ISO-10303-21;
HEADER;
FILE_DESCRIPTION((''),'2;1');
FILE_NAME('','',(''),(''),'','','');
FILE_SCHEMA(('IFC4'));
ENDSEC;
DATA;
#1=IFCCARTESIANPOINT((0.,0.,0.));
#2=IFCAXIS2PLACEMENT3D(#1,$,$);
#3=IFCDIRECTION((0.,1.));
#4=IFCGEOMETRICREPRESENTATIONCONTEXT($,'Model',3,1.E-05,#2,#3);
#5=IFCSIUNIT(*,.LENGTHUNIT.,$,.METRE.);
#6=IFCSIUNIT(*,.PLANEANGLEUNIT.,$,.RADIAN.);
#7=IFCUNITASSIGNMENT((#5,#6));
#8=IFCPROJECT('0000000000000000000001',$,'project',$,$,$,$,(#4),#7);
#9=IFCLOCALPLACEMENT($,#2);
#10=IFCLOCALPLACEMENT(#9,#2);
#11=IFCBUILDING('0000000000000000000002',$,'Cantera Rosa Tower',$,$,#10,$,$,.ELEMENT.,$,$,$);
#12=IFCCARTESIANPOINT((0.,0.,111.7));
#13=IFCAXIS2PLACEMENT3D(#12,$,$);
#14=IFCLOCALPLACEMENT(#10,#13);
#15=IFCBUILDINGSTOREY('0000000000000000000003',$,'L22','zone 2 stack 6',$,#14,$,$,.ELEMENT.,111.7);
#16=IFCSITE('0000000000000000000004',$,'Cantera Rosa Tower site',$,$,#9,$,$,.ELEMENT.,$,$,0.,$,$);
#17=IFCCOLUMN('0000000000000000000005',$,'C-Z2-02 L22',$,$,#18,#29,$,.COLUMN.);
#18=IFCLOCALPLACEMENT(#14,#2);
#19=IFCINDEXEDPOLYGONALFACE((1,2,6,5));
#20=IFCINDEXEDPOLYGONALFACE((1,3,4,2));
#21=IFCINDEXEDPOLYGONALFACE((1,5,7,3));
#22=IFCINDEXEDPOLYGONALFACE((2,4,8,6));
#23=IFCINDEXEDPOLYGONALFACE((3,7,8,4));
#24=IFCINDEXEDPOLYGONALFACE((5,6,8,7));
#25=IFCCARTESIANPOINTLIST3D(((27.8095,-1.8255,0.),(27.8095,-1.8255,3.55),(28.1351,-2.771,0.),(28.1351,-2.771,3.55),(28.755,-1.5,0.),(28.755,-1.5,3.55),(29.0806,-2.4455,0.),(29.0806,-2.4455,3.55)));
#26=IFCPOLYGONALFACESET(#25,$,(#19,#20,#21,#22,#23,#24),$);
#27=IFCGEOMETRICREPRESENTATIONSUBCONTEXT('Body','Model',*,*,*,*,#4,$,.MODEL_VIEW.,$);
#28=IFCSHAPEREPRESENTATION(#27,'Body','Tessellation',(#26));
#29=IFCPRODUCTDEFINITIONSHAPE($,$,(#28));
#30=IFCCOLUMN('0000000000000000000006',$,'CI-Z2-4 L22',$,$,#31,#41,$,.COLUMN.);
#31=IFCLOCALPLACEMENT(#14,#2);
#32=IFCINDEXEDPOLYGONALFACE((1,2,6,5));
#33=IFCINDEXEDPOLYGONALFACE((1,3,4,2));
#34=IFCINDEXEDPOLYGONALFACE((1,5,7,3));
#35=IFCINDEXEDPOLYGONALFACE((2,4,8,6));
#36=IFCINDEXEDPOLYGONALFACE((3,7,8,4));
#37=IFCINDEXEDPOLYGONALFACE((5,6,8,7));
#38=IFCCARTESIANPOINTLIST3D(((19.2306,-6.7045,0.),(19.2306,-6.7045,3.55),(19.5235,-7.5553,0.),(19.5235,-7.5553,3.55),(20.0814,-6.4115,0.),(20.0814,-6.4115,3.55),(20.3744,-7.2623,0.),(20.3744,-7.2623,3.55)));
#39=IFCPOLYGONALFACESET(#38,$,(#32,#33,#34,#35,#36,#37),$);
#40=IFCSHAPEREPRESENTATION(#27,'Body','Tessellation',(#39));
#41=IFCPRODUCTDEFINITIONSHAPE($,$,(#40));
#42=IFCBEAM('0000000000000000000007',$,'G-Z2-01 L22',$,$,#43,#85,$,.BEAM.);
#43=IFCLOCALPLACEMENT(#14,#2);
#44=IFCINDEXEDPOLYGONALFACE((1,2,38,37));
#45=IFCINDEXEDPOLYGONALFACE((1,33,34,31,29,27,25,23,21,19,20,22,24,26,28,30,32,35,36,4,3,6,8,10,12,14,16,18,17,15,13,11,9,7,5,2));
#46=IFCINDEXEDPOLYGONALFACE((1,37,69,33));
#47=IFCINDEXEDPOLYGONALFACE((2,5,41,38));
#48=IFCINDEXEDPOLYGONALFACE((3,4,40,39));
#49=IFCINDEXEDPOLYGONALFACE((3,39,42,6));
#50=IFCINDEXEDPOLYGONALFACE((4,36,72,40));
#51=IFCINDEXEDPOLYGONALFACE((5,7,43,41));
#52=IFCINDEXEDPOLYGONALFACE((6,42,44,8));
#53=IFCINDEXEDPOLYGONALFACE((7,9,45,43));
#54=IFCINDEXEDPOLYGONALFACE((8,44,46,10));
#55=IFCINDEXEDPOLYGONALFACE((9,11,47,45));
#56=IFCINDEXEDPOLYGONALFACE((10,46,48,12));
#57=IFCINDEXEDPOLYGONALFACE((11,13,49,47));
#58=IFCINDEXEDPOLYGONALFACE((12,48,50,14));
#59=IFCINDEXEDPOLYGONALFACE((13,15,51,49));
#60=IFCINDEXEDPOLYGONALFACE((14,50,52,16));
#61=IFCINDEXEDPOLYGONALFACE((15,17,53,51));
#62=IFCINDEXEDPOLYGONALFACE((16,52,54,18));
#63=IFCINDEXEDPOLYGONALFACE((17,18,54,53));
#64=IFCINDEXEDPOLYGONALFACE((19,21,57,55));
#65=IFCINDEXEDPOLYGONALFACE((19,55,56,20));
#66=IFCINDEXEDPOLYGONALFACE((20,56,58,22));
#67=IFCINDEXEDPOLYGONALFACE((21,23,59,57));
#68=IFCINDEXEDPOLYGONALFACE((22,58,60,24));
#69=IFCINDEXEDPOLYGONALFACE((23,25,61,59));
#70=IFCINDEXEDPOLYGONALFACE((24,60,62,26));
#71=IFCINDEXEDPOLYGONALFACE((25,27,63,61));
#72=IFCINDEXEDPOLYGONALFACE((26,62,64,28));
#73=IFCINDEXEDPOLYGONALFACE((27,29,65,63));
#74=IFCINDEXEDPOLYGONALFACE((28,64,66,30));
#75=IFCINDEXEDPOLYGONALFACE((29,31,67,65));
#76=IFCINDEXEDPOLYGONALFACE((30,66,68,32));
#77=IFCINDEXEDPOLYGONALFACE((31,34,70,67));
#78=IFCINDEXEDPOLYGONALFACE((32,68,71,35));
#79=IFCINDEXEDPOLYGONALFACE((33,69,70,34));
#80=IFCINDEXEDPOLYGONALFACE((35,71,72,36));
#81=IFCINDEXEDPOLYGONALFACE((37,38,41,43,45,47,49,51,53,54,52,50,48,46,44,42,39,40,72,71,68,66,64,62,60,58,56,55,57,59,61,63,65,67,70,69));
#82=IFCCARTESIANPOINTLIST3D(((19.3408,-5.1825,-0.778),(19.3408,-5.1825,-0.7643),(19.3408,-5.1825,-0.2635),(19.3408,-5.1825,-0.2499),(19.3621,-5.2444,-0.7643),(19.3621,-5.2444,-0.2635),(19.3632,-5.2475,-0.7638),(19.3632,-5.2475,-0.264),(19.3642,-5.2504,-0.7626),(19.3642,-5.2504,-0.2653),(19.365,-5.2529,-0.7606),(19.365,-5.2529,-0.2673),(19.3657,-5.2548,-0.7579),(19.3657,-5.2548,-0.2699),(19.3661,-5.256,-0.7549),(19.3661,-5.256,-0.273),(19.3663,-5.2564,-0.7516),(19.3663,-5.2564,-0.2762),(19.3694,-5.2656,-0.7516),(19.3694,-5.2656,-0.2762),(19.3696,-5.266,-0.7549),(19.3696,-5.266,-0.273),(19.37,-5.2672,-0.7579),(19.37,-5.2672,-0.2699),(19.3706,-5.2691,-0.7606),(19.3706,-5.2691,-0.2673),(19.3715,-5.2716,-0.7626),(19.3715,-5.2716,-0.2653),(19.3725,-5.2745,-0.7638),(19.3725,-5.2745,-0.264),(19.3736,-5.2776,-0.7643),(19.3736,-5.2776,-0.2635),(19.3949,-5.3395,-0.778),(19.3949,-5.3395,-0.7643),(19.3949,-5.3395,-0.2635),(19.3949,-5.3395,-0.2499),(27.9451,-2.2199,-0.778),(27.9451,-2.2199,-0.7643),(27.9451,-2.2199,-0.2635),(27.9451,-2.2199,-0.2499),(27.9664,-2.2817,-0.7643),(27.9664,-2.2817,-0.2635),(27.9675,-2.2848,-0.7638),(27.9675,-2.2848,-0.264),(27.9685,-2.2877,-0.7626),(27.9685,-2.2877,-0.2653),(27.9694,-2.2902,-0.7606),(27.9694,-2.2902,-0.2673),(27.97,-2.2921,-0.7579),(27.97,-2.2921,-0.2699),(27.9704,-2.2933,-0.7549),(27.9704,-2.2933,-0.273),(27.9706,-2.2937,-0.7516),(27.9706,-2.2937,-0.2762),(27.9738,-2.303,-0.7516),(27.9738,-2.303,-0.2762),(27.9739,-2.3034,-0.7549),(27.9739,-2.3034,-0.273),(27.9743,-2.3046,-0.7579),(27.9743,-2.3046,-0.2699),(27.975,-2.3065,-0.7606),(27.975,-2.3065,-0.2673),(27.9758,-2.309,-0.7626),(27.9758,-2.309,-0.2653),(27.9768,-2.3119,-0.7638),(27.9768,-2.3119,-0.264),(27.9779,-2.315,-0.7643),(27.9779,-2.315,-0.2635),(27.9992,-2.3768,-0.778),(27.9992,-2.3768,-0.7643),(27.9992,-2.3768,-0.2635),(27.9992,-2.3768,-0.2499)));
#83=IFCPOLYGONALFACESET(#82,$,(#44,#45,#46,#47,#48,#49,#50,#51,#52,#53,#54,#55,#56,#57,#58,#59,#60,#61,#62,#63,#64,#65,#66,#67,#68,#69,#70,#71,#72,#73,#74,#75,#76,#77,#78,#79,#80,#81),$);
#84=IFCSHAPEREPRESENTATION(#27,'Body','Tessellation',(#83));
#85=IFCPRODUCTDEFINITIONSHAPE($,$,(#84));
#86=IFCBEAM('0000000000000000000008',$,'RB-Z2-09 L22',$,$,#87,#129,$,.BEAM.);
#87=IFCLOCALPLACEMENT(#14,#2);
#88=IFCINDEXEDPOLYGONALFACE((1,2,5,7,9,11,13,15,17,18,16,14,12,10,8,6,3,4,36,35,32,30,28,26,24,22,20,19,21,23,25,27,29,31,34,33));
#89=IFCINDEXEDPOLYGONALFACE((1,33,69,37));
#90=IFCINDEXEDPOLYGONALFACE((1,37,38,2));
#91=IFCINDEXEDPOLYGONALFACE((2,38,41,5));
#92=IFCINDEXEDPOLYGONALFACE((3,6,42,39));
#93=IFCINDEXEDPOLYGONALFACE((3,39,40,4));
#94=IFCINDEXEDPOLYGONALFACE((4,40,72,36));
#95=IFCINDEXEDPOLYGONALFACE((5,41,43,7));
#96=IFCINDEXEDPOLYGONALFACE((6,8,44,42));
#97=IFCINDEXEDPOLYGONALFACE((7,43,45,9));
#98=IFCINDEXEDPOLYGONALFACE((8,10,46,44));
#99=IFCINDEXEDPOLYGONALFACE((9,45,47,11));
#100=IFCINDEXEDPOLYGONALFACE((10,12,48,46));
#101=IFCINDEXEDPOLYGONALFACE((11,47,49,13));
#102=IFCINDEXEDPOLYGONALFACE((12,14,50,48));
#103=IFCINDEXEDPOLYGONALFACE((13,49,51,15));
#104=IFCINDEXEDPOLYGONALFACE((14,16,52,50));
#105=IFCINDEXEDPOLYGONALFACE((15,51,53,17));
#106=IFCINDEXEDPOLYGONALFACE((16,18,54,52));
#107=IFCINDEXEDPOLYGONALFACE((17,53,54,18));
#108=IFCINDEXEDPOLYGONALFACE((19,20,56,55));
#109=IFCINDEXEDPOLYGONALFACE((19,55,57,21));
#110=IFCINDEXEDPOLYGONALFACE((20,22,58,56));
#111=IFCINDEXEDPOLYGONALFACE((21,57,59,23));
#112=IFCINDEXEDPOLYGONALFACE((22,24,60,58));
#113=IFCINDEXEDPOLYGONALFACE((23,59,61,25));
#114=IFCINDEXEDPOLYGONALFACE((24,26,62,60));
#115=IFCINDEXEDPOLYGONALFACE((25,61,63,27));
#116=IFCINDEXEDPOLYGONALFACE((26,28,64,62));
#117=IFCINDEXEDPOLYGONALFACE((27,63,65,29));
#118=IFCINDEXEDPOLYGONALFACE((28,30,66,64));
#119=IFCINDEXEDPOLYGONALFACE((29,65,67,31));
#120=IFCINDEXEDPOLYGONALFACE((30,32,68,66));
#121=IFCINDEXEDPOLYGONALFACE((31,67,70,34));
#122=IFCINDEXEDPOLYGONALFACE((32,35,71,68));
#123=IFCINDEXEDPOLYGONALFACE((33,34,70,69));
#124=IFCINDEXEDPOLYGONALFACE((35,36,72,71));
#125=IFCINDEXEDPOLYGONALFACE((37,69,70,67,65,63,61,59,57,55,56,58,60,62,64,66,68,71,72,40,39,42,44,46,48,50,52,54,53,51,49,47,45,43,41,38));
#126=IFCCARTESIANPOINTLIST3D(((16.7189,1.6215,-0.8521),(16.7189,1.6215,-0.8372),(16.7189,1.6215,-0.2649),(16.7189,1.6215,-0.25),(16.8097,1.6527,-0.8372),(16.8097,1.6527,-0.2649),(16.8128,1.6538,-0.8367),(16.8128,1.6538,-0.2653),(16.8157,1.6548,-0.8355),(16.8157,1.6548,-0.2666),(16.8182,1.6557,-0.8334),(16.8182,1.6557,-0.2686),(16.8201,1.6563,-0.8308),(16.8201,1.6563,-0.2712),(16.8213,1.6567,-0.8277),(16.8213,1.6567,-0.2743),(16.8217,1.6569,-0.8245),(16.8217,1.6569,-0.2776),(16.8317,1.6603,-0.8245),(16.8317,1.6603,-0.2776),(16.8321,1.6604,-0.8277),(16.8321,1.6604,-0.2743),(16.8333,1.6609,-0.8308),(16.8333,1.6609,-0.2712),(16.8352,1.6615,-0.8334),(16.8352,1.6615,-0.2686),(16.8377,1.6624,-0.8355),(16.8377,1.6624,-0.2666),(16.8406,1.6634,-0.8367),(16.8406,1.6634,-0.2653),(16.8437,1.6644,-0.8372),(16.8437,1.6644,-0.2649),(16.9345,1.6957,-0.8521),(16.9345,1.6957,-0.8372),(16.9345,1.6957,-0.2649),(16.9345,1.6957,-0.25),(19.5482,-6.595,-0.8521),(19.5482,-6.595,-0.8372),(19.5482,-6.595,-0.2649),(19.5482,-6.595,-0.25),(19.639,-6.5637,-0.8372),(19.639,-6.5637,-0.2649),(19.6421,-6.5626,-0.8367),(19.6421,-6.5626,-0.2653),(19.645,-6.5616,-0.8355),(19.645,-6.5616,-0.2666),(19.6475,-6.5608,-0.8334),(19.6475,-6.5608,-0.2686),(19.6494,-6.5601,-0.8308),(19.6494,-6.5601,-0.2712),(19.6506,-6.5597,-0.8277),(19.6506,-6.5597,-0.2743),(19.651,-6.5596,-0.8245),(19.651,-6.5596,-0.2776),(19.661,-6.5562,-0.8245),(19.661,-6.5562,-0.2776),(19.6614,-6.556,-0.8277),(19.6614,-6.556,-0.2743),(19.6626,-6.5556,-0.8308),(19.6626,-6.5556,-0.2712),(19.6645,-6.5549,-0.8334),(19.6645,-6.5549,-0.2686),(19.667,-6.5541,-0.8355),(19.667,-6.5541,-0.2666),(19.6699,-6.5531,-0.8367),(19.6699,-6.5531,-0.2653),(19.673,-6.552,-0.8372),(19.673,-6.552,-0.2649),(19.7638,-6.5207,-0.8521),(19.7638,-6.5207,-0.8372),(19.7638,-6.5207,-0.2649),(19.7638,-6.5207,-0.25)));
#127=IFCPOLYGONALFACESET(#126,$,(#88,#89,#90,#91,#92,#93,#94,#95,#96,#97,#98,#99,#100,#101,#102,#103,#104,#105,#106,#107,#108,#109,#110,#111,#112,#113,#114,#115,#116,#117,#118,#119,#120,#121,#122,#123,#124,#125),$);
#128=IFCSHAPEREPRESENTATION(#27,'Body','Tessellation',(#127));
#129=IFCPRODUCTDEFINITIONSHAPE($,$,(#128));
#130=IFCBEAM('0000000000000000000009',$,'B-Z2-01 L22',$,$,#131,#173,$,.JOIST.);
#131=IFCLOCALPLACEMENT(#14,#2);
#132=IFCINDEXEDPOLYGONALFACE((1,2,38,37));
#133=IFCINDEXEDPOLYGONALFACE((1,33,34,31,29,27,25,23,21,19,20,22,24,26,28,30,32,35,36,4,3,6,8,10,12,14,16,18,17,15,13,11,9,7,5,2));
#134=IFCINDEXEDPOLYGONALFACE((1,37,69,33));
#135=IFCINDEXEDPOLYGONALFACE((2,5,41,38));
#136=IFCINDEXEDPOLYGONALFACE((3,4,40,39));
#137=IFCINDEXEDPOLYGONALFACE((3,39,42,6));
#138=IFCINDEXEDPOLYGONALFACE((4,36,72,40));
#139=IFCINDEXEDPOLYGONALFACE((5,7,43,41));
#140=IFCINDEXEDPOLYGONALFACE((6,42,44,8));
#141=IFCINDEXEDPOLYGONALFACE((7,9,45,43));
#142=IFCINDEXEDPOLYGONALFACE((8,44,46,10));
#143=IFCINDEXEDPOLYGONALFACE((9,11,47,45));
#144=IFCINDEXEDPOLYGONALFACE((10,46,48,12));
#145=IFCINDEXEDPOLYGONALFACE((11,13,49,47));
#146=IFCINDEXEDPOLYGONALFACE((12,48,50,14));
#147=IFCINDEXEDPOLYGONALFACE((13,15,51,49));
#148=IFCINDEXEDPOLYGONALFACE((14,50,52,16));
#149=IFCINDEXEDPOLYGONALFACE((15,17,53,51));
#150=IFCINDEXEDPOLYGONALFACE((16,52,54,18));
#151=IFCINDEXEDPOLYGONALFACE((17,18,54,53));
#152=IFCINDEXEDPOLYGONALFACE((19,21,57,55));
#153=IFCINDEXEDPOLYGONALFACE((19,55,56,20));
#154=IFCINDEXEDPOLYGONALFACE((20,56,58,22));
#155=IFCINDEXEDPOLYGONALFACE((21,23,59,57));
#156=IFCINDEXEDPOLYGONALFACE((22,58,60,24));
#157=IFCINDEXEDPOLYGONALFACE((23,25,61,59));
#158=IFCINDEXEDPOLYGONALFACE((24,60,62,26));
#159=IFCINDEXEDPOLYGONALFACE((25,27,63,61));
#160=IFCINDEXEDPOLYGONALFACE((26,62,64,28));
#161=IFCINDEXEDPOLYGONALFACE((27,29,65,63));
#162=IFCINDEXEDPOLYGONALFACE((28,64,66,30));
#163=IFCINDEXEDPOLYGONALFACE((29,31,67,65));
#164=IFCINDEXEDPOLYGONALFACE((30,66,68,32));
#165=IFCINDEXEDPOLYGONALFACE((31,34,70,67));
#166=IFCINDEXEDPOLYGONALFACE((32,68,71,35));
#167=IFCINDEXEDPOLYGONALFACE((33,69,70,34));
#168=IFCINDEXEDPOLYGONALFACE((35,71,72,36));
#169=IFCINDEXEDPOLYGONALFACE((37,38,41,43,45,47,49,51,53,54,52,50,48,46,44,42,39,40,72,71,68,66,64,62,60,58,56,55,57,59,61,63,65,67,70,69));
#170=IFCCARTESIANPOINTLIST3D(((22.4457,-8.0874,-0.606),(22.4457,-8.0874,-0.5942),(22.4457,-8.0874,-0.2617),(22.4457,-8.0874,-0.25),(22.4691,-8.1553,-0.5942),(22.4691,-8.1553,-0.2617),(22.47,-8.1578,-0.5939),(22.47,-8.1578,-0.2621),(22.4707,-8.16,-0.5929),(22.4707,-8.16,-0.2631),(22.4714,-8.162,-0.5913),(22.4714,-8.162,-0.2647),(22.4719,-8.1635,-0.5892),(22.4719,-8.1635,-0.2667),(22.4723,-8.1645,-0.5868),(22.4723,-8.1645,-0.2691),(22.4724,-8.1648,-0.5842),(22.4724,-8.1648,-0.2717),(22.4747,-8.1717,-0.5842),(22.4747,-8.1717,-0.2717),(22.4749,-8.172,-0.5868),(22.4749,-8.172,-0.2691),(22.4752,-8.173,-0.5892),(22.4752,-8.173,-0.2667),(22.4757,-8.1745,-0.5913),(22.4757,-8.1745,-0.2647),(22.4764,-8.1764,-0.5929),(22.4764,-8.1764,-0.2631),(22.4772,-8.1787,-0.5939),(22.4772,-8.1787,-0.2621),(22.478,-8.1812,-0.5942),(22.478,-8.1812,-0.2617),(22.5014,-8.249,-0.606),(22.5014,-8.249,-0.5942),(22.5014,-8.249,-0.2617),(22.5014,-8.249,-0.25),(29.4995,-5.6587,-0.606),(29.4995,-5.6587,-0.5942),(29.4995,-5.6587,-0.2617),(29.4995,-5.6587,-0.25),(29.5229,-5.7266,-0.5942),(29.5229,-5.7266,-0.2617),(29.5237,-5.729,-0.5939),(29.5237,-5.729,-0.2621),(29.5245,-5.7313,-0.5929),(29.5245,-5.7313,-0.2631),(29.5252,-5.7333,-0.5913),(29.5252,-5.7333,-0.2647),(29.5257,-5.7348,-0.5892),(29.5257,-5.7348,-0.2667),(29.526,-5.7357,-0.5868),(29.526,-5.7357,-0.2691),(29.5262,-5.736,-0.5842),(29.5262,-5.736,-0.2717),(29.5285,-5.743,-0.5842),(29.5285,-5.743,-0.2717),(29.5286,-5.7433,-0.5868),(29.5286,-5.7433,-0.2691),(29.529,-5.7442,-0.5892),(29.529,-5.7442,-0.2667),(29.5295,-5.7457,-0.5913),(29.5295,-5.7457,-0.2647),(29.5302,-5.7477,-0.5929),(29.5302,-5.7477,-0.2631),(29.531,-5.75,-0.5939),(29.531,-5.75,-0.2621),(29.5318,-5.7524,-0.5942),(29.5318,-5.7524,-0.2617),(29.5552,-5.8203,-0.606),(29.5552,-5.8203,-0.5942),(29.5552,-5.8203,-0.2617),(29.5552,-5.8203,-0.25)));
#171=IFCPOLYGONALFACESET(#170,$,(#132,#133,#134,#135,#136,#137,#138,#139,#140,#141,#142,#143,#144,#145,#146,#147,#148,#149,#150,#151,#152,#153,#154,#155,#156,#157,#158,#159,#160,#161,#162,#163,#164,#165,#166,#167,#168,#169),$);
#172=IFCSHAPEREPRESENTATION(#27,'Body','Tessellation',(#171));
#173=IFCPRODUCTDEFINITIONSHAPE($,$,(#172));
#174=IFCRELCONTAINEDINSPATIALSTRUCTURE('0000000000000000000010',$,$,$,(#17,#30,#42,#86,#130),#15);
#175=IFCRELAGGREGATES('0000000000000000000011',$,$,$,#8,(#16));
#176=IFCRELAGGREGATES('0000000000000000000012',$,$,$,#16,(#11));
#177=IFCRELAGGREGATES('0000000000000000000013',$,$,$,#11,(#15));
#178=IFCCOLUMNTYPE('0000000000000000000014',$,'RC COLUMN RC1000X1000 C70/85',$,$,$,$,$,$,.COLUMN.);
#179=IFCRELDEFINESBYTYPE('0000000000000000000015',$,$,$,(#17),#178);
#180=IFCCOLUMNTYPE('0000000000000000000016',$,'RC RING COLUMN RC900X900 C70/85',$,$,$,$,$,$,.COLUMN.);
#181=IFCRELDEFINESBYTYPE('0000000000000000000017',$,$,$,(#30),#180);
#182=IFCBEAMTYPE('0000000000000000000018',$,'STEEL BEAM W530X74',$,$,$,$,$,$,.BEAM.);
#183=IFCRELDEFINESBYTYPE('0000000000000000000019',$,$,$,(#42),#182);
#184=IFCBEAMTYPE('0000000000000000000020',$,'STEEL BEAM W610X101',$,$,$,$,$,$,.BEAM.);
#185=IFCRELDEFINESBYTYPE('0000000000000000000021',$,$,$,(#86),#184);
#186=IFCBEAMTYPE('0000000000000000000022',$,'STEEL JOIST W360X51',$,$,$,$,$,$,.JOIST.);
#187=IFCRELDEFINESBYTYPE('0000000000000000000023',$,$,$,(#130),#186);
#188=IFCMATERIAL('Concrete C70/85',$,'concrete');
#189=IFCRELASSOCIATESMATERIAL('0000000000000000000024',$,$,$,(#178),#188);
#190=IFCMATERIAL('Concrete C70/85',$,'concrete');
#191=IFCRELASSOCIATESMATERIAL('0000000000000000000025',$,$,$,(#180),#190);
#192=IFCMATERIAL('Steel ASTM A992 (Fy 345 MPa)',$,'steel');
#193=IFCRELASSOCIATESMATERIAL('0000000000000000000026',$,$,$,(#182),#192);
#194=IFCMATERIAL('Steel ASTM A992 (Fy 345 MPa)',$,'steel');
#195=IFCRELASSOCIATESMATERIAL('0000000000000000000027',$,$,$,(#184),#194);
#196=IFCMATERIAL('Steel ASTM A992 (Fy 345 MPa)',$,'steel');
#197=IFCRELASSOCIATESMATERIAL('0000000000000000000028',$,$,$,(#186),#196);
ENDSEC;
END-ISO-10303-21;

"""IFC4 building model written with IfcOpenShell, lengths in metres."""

from ifc_helpers import new_model, si_unit, direction, frame, origin, origin_2d, place, context, subcontext, project, spatial, rectangle, i_section, extrude, material, material_profile, profile_set, type_object, element, save


model = new_model("IFC4")

# Units and contexts
model_context = context("Model", 3, precision=1e-05, world=origin(), true_north=direction((0.0, 1.0)))
body_context = subcontext(model_context, "Body", "Model", "MODEL_VIEW")
ifc_project = project(units=[si_unit("LENGTHUNIT", "METRE"), si_unit("PLANEANGLEUNIT", "RADIAN")], contexts=[model_context])

# Site, building, storey
site_placement = place(None, origin())
site = spatial("IfcSite", under=ifc_project, at=site_placement, Name="Cantera Rosa Tower site", CompositionType="ELEMENT", RefElevation=0.0)
building_placement = place(site_placement, origin())
building = spatial("IfcBuilding", under=site, at=building_placement, Name="Cantera Rosa Tower", CompositionType="ELEMENT")
storey_placement = place(building_placement, frame((0.0, 0.0, 111.7)))
storey = spatial("IfcBuildingStorey", under=building, at=storey_placement, Name="L22", Description="zone 2 stack 6", CompositionType="ELEMENT", Elevation=111.7)

# Columns
ifc_material_1 = material(Name="Concrete C70/85", Category="concrete")
ifc_material_profile_1 = material_profile(ifc_material_1, rectangle(XDim=1.0, YDim=1.0, at=origin_2d()), Name="RC COLUMN RC1000X1000 C70/85")
ifc_profile_set_1 = profile_set([ifc_material_profile_1], Name="Concrete C70/85")
column_type_1 = type_object("IfcColumnType", Name="RC COLUMN RC1000X1000 C70/85", PredefinedType="COLUMN", material=ifc_profile_set_1)
column_1_placement = place(storey_placement, frame((28.4451, -2.1355, 0.0), z_axis=(0.0, 0.0, 1.0), x_axis=(0.945519, 0.325568, 0.0)))
element("IfcColumn", 1, at=column_1_placement, inside=storey, type_object=column_type_1, Name="C-Z2-02 L22", PredefinedType="COLUMN", context=body_context, shape_type="SweptSolid", body=[
    extrude(rectangle(XDim=1.0, YDim=1.0, at=origin_2d()), origin(), (0.0, 0.0, 1.0), 3.55),
])
ifc_material_2 = material(Name="Concrete C70/85", Category="concrete")
ifc_material_profile_2 = material_profile(ifc_material_2, rectangle(XDim=0.8999, YDim=0.8999, at=origin_2d()), Name="RC RING COLUMN RC900X900 C70/85")
ifc_profile_set_2 = profile_set([ifc_material_profile_2], Name="Concrete C70/85")
column_type_2 = type_object("IfcColumnType", Name="RC RING COLUMN RC900X900 C70/85", PredefinedType="COLUMN", material=ifc_profile_set_2)
column_2_placement = place(storey_placement, frame((19.8025, -6.9834, 0.0), z_axis=(0.0, 0.0, 1.0), x_axis=(0.945519, 0.325568, 0.0)))
element("IfcColumn", 2, at=column_2_placement, inside=storey, type_object=column_type_2, Name="CI-Z2-4 L22", PredefinedType="COLUMN", context=body_context, shape_type="SweptSolid", body=[
    extrude(rectangle(XDim=0.8999, YDim=0.8999, at=origin_2d()), origin(), (0.0, 0.0, 1.0), 3.55),
])

# Beams
ifc_material_3 = material(Name="Steel ASTM A992 (Fy 345 MPa)", Category="steel")
ifc_material_profile_3 = material_profile(ifc_material_3, i_section(OverallWidth=0.166, OverallDepth=0.5281, WebThickness=0.0098, FlangeThickness=0.0137, FilletRadius=0.0127, at=origin_2d()), Name="W530X74")
ifc_profile_set_3 = profile_set([ifc_material_profile_3], Name="Steel ASTM A992 (Fy 345 MPa)")
beam_type_1 = type_object("IfcBeamType", Name="STEEL BEAM W530X74", PredefinedType="BEAM", material=ifc_profile_set_3)
beam_1_placement = place(storey_placement, frame((27.9722, -2.2983, -0.5139), z_axis=(-0.94552, -0.325565, 0.0), x_axis=(0.325565, -0.94552, 0.0)))
element("IfcBeam", 3, at=beam_1_placement, inside=storey, type_object=beam_type_1, Name="G-Z2-01 L22", PredefinedType="BEAM", context=body_context, shape_type="SweptSolid", body=[
    extrude(i_section(OverallWidth=0.166, OverallDepth=0.5281, WebThickness=0.0098, FlangeThickness=0.0137, FilletRadius=0.0127, at=origin_2d()), origin(), (0.0, 0.0, 1.0), 9.1001),
])
ifc_material_4 = material(Name="Steel ASTM A992 (Fy 345 MPa)", Category="steel")
ifc_material_profile_4 = material_profile(ifc_material_4, i_section(OverallWidth=0.228, OverallDepth=0.6021, WebThickness=0.0105, FlangeThickness=0.0149, FilletRadius=0.0127, at=origin_2d()), Name="W610X101")
ifc_profile_set_4 = profile_set([ifc_material_profile_4], Name="Steel ASTM A992 (Fy 345 MPa)")
beam_type_2 = type_object("IfcBeamType", Name="STEEL BEAM W610X101", PredefinedType="BEAM", material=ifc_profile_set_4)
beam_2_placement = place(storey_placement, frame((19.656, -6.5579, -0.551), z_axis=(-0.325585, 0.945513, 0.0), x_axis=(-0.945513, -0.325585, 0.0)))
element("IfcBeam", 4, at=beam_2_placement, inside=storey, type_object=beam_type_2, Name="RB-Z2-09 L22", PredefinedType="BEAM", context=body_context, shape_type="SweptSolid", body=[
    extrude(i_section(OverallWidth=0.228, OverallDepth=0.6021, WebThickness=0.0105, FlangeThickness=0.0149, FilletRadius=0.0127, at=origin_2d()), origin(), (0.0, 0.0, 1.0), 8.6899),
])
ifc_material_5 = material(Name="Steel ASTM A992 (Fy 345 MPa)", Category="steel")
ifc_material_profile_5 = material_profile(ifc_material_5, i_section(OverallWidth=0.1709, OverallDepth=0.356, WebThickness=0.0073, FlangeThickness=0.0117, FilletRadius=0.01, at=origin_2d()), Name="W360X51")
ifc_profile_set_5 = profile_set([ifc_material_profile_5], Name="Steel ASTM A992 (Fy 345 MPa)")
beam_type_3 = type_object("IfcBeamType", Name="STEEL JOIST W360X51", PredefinedType="JOIST", material=ifc_profile_set_5)
beam_3_placement = place(storey_placement, frame((29.5273, -5.7395, -0.428), z_axis=(-0.945522, -0.325559, 0.0), x_axis=(0.325559, -0.945522, 0.0)))
element("IfcBeam", 5, at=beam_3_placement, inside=storey, type_object=beam_type_3, Name="B-Z2-01 L22", PredefinedType="JOIST", context=body_context, shape_type="SweptSolid", body=[
    extrude(i_section(OverallWidth=0.1709, OverallDepth=0.356, WebThickness=0.0073, FlangeThickness=0.0117, FilletRadius=0.01, at=origin_2d()), origin(), (0.0, 0.0, 1.0), 7.4602),
])

save(model, "model.ifc")
